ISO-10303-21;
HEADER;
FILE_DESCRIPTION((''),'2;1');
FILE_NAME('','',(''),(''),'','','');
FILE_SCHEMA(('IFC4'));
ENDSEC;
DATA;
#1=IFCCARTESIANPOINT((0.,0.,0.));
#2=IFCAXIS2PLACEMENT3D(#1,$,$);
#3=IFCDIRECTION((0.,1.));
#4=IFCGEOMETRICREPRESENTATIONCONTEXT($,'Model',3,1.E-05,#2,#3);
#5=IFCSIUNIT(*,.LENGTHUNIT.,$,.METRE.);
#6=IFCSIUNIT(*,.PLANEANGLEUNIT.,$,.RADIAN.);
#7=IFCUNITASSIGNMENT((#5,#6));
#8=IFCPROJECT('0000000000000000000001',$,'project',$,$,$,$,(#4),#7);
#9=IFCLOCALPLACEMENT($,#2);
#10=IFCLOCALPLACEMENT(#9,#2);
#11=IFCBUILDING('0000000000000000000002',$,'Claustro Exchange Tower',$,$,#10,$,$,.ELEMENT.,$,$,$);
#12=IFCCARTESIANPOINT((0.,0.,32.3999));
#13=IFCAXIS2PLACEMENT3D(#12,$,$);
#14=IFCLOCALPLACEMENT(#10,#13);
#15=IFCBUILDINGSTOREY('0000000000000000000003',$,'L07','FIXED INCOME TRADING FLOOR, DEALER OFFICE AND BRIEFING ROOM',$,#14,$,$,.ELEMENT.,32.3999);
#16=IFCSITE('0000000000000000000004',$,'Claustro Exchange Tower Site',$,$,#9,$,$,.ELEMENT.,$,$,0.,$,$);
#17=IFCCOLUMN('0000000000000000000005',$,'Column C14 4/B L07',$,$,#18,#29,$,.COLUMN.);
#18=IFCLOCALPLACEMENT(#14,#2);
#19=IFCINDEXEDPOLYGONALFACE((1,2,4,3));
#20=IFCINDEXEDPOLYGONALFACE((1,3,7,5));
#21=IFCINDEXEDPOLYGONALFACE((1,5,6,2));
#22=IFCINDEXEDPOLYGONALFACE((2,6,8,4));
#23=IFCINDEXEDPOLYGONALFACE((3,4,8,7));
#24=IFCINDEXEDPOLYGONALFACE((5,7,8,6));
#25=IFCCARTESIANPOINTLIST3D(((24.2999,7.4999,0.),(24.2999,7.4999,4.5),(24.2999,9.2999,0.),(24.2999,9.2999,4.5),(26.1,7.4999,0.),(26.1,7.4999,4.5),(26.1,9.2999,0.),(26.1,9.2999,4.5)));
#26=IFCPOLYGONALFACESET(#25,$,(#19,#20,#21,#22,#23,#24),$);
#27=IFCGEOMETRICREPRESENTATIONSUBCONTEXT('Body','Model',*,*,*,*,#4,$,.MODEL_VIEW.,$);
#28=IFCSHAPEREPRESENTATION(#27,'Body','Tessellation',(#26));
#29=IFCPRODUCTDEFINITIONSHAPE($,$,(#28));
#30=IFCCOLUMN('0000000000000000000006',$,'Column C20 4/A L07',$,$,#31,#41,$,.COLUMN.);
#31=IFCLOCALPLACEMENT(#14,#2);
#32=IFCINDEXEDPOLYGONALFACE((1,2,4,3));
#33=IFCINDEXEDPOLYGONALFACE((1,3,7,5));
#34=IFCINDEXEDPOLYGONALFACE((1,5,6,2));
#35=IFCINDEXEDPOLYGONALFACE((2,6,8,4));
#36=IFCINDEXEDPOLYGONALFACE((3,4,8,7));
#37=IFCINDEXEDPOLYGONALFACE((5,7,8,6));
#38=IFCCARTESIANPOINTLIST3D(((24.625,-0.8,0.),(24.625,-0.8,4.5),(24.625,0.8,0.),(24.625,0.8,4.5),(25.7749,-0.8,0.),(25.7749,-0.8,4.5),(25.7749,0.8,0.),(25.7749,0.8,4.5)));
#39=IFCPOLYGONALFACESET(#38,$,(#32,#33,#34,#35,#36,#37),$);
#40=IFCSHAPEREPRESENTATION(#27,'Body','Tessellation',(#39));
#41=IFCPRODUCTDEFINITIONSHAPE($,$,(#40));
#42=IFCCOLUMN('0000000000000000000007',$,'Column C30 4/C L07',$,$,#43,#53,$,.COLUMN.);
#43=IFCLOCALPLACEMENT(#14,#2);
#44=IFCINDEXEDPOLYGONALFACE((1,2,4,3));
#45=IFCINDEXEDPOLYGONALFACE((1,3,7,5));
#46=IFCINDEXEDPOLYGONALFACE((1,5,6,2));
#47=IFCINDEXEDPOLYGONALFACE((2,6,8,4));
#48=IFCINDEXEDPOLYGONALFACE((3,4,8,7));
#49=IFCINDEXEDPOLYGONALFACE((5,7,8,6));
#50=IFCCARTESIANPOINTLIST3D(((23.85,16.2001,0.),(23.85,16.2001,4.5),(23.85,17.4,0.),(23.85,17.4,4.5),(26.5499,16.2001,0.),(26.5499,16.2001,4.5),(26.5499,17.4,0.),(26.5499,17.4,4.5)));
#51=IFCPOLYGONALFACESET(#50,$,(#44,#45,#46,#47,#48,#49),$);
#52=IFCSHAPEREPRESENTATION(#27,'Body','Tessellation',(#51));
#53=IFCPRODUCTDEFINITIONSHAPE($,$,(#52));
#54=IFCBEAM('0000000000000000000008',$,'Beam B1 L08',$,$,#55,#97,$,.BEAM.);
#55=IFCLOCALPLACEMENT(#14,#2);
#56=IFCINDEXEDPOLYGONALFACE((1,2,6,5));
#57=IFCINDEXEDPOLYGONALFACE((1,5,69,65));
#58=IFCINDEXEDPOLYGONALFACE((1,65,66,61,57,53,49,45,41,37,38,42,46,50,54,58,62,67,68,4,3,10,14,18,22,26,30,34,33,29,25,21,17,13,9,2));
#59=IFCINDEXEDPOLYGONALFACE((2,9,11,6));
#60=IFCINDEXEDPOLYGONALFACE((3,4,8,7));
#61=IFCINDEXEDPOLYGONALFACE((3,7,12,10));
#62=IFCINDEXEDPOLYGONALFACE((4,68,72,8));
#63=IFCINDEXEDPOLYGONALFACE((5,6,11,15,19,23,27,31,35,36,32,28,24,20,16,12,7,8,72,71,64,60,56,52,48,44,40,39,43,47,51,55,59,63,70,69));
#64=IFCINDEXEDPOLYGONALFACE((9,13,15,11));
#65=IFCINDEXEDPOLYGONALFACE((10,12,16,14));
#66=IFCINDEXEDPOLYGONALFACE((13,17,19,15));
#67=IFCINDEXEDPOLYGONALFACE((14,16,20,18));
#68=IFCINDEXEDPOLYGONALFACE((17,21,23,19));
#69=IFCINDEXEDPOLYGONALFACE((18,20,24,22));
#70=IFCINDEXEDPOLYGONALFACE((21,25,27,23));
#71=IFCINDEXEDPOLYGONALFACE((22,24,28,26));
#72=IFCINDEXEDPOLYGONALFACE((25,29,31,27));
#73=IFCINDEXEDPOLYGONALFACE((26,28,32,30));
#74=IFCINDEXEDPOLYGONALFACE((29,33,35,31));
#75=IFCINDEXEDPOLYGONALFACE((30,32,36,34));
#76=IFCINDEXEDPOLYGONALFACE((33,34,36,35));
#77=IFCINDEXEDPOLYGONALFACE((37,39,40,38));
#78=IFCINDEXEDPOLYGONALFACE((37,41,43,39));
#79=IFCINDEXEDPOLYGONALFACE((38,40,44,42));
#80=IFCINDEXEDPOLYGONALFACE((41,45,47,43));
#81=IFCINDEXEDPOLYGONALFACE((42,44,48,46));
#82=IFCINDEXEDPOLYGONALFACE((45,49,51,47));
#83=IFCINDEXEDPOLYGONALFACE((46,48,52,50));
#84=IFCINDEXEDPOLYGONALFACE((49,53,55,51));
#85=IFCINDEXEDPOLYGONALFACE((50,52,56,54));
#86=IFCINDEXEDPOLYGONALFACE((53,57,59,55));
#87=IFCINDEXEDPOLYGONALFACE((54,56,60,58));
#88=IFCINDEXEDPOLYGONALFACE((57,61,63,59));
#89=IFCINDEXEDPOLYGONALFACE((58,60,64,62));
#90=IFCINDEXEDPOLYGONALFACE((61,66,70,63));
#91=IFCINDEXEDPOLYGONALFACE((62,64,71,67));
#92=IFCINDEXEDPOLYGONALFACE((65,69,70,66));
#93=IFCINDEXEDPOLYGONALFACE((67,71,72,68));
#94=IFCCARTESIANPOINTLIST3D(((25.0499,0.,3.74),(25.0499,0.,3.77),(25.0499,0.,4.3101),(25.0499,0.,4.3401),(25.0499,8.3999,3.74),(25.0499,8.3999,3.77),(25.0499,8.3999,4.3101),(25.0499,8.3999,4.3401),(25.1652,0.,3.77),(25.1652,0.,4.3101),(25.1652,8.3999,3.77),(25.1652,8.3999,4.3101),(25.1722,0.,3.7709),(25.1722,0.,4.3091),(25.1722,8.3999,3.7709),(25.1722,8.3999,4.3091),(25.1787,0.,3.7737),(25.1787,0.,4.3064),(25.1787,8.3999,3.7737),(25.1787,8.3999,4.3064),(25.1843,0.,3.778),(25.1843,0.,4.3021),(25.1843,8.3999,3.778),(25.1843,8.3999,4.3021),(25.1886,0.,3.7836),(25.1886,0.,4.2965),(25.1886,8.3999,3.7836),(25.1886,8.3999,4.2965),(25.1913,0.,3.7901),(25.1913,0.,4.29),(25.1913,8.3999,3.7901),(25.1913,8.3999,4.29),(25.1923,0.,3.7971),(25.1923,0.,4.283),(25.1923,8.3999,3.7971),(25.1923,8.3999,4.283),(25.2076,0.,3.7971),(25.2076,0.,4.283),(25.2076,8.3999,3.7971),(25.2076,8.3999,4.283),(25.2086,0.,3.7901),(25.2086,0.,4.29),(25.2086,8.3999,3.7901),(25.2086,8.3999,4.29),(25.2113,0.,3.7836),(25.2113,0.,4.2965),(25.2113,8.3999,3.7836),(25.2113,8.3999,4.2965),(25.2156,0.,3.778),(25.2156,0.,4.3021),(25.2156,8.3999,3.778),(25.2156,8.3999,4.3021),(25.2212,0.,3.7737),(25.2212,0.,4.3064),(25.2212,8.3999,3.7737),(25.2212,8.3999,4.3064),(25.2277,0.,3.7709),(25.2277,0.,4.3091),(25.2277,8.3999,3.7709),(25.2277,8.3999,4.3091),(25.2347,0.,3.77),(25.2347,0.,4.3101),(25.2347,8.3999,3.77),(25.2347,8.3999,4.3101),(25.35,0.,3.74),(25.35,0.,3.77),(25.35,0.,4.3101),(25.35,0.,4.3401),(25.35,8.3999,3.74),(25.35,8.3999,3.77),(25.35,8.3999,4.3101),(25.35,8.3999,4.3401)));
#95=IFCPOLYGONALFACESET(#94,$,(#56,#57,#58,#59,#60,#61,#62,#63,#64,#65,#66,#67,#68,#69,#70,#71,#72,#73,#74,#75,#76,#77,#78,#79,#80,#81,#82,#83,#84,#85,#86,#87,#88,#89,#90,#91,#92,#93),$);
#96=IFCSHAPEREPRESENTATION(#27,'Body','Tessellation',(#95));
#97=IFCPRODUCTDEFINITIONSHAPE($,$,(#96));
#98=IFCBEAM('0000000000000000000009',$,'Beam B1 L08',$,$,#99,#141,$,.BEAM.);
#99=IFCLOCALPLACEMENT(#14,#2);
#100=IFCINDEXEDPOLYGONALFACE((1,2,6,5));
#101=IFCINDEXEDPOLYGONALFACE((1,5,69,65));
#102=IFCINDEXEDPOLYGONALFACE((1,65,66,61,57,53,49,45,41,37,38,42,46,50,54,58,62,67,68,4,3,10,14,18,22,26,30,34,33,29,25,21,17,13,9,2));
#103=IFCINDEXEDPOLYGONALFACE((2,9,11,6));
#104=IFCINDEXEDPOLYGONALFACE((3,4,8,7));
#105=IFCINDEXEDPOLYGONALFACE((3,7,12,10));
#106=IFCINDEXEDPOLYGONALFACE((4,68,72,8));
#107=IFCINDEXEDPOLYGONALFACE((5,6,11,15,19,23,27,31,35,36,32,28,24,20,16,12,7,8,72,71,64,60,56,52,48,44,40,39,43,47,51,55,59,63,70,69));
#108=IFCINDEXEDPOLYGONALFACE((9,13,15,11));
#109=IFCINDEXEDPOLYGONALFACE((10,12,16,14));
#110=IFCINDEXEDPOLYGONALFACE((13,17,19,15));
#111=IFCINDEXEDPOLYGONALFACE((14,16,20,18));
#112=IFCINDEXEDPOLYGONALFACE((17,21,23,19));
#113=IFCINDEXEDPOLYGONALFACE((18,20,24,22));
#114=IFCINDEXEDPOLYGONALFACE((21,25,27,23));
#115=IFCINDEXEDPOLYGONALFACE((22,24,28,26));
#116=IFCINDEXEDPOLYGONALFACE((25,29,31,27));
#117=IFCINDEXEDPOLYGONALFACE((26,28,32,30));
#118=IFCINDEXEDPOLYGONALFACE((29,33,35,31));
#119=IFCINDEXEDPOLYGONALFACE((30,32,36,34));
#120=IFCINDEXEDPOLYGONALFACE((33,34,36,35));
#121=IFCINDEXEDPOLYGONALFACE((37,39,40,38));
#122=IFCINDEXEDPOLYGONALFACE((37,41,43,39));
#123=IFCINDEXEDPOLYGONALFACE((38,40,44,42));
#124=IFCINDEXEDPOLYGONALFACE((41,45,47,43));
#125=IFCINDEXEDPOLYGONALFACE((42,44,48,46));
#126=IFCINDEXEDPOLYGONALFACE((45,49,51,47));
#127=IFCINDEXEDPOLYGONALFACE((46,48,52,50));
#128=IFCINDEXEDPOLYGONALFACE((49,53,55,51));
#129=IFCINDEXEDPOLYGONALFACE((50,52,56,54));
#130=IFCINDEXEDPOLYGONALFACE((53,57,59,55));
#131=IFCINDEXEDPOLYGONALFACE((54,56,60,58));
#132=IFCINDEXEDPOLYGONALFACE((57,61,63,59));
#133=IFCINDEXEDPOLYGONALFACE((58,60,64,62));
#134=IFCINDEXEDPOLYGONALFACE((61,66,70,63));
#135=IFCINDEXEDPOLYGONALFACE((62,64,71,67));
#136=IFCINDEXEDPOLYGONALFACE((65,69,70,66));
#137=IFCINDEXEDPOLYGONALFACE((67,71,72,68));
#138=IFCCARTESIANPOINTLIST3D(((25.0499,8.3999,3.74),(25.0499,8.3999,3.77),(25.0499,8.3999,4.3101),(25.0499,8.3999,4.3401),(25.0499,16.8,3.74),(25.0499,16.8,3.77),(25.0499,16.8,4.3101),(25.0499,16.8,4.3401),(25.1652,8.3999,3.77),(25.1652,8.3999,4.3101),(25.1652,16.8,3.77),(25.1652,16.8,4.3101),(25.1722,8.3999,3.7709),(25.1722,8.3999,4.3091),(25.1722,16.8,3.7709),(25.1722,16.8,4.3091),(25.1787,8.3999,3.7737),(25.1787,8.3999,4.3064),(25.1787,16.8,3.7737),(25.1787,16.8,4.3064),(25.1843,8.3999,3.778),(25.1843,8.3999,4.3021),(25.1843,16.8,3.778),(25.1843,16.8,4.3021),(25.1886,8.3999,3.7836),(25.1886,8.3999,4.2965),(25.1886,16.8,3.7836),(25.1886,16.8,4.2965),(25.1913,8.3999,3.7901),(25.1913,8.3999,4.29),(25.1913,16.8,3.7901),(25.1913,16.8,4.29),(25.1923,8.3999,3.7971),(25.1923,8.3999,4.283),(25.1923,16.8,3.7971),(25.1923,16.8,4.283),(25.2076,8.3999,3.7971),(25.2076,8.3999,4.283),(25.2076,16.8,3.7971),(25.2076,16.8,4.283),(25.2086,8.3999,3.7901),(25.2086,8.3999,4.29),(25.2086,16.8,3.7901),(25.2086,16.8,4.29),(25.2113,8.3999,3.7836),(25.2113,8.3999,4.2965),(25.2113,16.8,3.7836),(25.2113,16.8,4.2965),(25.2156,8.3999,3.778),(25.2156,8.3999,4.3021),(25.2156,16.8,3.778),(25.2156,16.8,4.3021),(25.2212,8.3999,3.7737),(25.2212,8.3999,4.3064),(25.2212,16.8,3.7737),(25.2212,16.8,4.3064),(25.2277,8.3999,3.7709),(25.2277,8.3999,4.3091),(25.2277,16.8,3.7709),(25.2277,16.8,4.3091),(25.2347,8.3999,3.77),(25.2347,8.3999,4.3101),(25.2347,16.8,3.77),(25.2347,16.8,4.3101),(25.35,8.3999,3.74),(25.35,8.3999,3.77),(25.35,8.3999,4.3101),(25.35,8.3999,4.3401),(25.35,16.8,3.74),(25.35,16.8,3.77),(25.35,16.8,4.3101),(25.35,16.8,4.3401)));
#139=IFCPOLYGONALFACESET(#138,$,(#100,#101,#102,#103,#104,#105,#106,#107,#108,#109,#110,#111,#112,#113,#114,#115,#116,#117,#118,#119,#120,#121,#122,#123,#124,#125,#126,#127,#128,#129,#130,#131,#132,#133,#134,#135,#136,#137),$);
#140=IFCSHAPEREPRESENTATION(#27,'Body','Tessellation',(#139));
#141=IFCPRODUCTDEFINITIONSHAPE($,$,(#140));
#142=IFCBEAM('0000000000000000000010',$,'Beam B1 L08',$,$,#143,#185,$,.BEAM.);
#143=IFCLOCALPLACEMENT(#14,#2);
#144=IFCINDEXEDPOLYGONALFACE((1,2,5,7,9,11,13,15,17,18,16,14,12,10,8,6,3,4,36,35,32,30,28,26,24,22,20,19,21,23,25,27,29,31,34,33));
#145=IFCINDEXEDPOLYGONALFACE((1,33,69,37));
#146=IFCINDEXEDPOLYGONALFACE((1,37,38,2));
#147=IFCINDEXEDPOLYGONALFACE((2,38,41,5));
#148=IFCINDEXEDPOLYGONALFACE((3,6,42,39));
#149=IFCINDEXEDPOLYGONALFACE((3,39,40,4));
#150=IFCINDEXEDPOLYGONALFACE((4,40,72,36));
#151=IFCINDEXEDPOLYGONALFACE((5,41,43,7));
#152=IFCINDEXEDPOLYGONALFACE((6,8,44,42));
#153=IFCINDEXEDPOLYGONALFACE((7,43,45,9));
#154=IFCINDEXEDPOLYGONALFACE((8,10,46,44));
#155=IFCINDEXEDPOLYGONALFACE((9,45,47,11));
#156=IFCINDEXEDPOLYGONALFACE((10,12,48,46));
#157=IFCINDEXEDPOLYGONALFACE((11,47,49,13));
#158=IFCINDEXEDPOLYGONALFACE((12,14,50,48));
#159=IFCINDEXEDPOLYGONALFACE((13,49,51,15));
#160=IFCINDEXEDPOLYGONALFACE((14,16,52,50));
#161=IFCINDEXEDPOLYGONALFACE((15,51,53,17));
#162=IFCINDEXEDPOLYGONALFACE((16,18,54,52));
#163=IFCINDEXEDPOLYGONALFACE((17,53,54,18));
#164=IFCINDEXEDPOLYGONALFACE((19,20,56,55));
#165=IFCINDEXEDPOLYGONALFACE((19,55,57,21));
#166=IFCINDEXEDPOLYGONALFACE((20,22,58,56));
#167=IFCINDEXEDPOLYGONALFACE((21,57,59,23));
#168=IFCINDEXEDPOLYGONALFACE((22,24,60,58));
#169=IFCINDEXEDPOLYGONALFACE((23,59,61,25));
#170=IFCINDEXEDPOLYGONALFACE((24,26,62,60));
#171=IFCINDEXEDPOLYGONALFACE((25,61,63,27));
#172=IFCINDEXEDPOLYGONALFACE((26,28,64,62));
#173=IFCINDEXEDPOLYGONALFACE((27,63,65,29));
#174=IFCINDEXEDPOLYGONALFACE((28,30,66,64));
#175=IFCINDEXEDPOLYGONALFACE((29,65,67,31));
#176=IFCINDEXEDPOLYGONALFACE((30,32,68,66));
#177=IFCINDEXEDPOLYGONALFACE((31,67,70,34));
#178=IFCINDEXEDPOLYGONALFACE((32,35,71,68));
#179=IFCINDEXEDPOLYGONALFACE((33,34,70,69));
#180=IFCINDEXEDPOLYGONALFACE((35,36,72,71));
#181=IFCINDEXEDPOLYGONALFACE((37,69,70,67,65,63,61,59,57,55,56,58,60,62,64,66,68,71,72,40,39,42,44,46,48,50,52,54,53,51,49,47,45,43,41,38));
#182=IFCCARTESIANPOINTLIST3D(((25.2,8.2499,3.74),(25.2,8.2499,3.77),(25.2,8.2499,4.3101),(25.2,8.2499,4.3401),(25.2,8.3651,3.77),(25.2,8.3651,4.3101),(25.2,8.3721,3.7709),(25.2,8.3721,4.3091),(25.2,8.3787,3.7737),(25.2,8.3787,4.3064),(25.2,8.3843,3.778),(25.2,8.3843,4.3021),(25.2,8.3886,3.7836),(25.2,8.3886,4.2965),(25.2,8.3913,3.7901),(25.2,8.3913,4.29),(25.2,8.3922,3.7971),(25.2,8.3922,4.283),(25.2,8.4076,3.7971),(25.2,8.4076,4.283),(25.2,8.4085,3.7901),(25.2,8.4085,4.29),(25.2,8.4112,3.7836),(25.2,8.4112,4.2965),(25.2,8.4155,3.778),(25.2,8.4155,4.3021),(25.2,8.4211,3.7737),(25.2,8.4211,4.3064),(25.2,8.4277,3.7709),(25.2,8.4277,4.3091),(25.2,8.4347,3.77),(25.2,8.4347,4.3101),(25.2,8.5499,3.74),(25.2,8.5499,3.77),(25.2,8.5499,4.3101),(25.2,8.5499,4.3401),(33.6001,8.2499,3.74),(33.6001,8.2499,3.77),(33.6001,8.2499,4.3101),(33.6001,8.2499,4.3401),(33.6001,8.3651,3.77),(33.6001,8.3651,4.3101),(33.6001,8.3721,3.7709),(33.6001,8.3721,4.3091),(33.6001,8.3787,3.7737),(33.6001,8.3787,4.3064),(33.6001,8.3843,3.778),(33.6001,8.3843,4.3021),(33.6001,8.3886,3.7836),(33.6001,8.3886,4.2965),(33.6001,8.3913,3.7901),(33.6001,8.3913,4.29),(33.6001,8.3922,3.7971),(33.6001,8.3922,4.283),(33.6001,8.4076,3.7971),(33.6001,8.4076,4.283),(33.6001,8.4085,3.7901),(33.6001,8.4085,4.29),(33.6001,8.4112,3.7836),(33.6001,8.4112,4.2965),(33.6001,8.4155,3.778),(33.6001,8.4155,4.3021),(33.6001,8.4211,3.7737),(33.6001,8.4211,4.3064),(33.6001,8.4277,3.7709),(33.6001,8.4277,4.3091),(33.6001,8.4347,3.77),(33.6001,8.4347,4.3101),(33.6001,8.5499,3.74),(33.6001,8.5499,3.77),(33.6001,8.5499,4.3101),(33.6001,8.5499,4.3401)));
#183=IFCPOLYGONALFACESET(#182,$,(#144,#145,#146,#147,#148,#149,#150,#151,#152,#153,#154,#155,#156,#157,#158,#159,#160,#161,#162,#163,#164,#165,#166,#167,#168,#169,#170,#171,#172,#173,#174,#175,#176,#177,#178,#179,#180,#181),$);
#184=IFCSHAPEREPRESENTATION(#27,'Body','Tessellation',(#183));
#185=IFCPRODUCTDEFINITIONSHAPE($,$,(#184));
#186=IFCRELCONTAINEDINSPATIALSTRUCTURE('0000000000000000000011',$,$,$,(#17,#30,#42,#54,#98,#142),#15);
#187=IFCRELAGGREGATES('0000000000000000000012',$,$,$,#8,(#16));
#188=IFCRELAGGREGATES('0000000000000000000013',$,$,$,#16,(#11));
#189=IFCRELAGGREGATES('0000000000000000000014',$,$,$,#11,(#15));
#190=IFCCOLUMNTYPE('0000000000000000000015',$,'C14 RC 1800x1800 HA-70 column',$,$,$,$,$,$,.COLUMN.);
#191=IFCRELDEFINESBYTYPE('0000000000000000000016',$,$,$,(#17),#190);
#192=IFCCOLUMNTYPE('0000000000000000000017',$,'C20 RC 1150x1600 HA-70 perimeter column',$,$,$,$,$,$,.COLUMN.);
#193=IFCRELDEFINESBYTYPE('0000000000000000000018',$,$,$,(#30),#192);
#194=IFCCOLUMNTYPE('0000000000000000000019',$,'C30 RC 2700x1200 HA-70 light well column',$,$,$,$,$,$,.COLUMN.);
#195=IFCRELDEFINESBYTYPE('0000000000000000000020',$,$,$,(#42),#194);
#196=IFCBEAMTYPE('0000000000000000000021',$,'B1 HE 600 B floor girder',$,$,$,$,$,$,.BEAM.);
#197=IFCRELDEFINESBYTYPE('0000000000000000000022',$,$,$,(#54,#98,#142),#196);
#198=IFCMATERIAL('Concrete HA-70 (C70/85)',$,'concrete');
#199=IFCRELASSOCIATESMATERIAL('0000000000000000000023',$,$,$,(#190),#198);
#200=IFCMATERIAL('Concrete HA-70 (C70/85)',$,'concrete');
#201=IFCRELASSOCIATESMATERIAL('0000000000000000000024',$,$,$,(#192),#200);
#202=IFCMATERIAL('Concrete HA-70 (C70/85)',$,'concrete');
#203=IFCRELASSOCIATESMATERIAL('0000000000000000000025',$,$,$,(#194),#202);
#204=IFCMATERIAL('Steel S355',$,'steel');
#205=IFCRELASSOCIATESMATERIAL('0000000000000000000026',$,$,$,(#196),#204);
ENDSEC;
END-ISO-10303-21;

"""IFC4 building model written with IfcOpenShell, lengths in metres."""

from ifc_helpers import new_model, si_unit, direction, frame, origin, origin_2d, place, context, subcontext, project, spatial, rectangle, i_section, extrude, material, material_profile, profile_set, type_object, element, save


model = new_model("IFC4")

# Units and contexts
model_context = context("Model", 3, precision=1e-05, world=origin(), true_north=direction((0.0, 1.0)))
body_context = subcontext(model_context, "Body", "Model", "MODEL_VIEW")
ifc_project = project(units=[si_unit("LENGTHUNIT", "METRE"), si_unit("PLANEANGLEUNIT", "RADIAN")], contexts=[model_context])

# Site, building, storey
site_placement = place(None, origin())
site = spatial("IfcSite", under=ifc_project, at=site_placement, Name="Claustro Exchange Tower Site", CompositionType="ELEMENT", RefElevation=0.0)
building_placement = place(site_placement, origin())
building = spatial("IfcBuilding", under=site, at=building_placement, Name="Claustro Exchange Tower", CompositionType="ELEMENT")
storey_placement = place(building_placement, frame((0.0, 0.0, 32.3999)))
storey = spatial("IfcBuildingStorey", under=building, at=storey_placement, Name="L07", Description="FIXED INCOME TRADING FLOOR, DEALER OFFICE AND BRIEFING ROOM", CompositionType="ELEMENT", Elevation=32.3999)

# Columns
ifc_material_1 = material(Name="Concrete HA-70 (C70/85)", Category="concrete")
ifc_material_profile_1 = material_profile(ifc_material_1, rectangle(XDim=1.8, YDim=1.8, at=origin_2d()), Name="RC 1800x1800")
ifc_profile_set_1 = profile_set([ifc_material_profile_1], Name="Concrete HA-70 (C70/85)")
column_type_1 = type_object("IfcColumnType", Name="C14 RC 1800x1800 HA-70 column", PredefinedType="COLUMN", material=ifc_profile_set_1)
column_1_placement = place(storey_placement, frame((25.2, 8.3999, 0.0), z_axis=(0.0, 0.0, 1.0), x_axis=(1.0, 0.0, 0.0)))
element("IfcColumn", 1, at=column_1_placement, inside=storey, type_object=column_type_1, Name="Column C14 4/B L07", PredefinedType="COLUMN", context=body_context, shape_type="SweptSolid", body=[
    extrude(rectangle(XDim=1.8, YDim=1.8, at=origin_2d()), origin(), (0.0, 0.0, 1.0), 4.5),
])
ifc_material_2 = material(Name="Concrete HA-70 (C70/85)", Category="concrete")
ifc_material_profile_2 = material_profile(ifc_material_2, rectangle(XDim=1.1499, YDim=1.6001, at=origin_2d()), Name="RC 1150x1600")
ifc_profile_set_2 = profile_set([ifc_material_profile_2], Name="Concrete HA-70 (C70/85)")
column_type_2 = type_object("IfcColumnType", Name="C20 RC 1150x1600 HA-70 perimeter column", PredefinedType="COLUMN", material=ifc_profile_set_2)
column_2_placement = place(storey_placement, frame((25.2, 0.0, 0.0), z_axis=(0.0, 0.0, 1.0), x_axis=(1.0, 0.0, 0.0)))
element("IfcColumn", 2, at=column_2_placement, inside=storey, type_object=column_type_2, Name="Column C20 4/A L07", PredefinedType="COLUMN", context=body_context, shape_type="SweptSolid", body=[
    extrude(rectangle(XDim=1.1499, YDim=1.6001, at=origin_2d()), origin(), (0.0, 0.0, 1.0), 4.5),
])
ifc_material_3 = material(Name="Concrete HA-70 (C70/85)", Category="concrete")
ifc_material_profile_3 = material_profile(ifc_material_3, rectangle(XDim=2.7, YDim=1.2, at=origin_2d()), Name="RC 2700x1200")
ifc_profile_set_3 = profile_set([ifc_material_profile_3], Name="Concrete HA-70 (C70/85)")
column_type_3 = type_object("IfcColumnType", Name="C30 RC 2700x1200 HA-70 light well column", PredefinedType="COLUMN", material=ifc_profile_set_3)
column_3_placement = place(storey_placement, frame((25.2, 16.8, 0.0), z_axis=(0.0, 0.0, 1.0), x_axis=(1.0, 0.0, 0.0)))
element("IfcColumn", 3, at=column_3_placement, inside=storey, type_object=column_type_3, Name="Column C30 4/C L07", PredefinedType="COLUMN", context=body_context, shape_type="SweptSolid", body=[
    extrude(rectangle(XDim=2.7, YDim=1.2, at=origin_2d()), origin(), (0.0, 0.0, 1.0), 4.5),
])

# Beams
ifc_material_4 = material(Name="Steel S355", Category="steel")
ifc_material_profile_4 = material_profile(ifc_material_4, i_section(OverallWidth=0.3, OverallDepth=0.6001, WebThickness=0.0154, FlangeThickness=0.03, FilletRadius=0.0271, at=origin_2d()), Name="HE 600 B")
ifc_profile_set_4 = profile_set([ifc_material_profile_4], Name="Steel S355")
beam_type_1 = type_object("IfcBeamType", Name="B1 HE 600 B floor girder", PredefinedType="BEAM", material=ifc_profile_set_4)
beam_1_placement = place(storey_placement, frame((25.2, 0.0, 4.04), z_axis=(0.0, 1.0, 0.0), x_axis=(-1.0, 0.0, 0.0)))
element("IfcBeam", 4, at=beam_1_placement, inside=storey, type_object=beam_type_1, Name="Beam B1 L08", PredefinedType="BEAM", context=body_context, shape_type="SweptSolid", body=[
    extrude(i_section(OverallWidth=0.3, OverallDepth=0.6001, WebThickness=0.0154, FlangeThickness=0.03, FilletRadius=0.0271, at=origin_2d()), origin(), (0.0, 0.0, 1.0), 8.3999),
])
for number, where, z_axis, x_axis, name in (
    (5, (25.2, 8.3999, 4.04), (0.0, 1.0, 0.0), (-1.0, 0.0, 0.0), "Beam B1 L08"),
    (6, (25.2, 8.3999, 4.04), (1.0, 0.0, 0.0), (0.0, 1.0, 0.0), "Beam B1 L08"),
):
    element("IfcBeam", number, at=place(storey_placement, frame(where, z_axis=z_axis, x_axis=x_axis)), inside=storey, type_object=beam_type_1, Name=name, PredefinedType="BEAM", context=body_context, shape_type="SweptSolid", body=[
        extrude(i_section(OverallWidth=0.3, OverallDepth=0.6001, WebThickness=0.0154, FlangeThickness=0.03, FilletRadius=0.0271, at=origin_2d()), origin(), (0.0, 0.0, 1.0), 8.4001),
    ])

save(model, "model.ifc")
